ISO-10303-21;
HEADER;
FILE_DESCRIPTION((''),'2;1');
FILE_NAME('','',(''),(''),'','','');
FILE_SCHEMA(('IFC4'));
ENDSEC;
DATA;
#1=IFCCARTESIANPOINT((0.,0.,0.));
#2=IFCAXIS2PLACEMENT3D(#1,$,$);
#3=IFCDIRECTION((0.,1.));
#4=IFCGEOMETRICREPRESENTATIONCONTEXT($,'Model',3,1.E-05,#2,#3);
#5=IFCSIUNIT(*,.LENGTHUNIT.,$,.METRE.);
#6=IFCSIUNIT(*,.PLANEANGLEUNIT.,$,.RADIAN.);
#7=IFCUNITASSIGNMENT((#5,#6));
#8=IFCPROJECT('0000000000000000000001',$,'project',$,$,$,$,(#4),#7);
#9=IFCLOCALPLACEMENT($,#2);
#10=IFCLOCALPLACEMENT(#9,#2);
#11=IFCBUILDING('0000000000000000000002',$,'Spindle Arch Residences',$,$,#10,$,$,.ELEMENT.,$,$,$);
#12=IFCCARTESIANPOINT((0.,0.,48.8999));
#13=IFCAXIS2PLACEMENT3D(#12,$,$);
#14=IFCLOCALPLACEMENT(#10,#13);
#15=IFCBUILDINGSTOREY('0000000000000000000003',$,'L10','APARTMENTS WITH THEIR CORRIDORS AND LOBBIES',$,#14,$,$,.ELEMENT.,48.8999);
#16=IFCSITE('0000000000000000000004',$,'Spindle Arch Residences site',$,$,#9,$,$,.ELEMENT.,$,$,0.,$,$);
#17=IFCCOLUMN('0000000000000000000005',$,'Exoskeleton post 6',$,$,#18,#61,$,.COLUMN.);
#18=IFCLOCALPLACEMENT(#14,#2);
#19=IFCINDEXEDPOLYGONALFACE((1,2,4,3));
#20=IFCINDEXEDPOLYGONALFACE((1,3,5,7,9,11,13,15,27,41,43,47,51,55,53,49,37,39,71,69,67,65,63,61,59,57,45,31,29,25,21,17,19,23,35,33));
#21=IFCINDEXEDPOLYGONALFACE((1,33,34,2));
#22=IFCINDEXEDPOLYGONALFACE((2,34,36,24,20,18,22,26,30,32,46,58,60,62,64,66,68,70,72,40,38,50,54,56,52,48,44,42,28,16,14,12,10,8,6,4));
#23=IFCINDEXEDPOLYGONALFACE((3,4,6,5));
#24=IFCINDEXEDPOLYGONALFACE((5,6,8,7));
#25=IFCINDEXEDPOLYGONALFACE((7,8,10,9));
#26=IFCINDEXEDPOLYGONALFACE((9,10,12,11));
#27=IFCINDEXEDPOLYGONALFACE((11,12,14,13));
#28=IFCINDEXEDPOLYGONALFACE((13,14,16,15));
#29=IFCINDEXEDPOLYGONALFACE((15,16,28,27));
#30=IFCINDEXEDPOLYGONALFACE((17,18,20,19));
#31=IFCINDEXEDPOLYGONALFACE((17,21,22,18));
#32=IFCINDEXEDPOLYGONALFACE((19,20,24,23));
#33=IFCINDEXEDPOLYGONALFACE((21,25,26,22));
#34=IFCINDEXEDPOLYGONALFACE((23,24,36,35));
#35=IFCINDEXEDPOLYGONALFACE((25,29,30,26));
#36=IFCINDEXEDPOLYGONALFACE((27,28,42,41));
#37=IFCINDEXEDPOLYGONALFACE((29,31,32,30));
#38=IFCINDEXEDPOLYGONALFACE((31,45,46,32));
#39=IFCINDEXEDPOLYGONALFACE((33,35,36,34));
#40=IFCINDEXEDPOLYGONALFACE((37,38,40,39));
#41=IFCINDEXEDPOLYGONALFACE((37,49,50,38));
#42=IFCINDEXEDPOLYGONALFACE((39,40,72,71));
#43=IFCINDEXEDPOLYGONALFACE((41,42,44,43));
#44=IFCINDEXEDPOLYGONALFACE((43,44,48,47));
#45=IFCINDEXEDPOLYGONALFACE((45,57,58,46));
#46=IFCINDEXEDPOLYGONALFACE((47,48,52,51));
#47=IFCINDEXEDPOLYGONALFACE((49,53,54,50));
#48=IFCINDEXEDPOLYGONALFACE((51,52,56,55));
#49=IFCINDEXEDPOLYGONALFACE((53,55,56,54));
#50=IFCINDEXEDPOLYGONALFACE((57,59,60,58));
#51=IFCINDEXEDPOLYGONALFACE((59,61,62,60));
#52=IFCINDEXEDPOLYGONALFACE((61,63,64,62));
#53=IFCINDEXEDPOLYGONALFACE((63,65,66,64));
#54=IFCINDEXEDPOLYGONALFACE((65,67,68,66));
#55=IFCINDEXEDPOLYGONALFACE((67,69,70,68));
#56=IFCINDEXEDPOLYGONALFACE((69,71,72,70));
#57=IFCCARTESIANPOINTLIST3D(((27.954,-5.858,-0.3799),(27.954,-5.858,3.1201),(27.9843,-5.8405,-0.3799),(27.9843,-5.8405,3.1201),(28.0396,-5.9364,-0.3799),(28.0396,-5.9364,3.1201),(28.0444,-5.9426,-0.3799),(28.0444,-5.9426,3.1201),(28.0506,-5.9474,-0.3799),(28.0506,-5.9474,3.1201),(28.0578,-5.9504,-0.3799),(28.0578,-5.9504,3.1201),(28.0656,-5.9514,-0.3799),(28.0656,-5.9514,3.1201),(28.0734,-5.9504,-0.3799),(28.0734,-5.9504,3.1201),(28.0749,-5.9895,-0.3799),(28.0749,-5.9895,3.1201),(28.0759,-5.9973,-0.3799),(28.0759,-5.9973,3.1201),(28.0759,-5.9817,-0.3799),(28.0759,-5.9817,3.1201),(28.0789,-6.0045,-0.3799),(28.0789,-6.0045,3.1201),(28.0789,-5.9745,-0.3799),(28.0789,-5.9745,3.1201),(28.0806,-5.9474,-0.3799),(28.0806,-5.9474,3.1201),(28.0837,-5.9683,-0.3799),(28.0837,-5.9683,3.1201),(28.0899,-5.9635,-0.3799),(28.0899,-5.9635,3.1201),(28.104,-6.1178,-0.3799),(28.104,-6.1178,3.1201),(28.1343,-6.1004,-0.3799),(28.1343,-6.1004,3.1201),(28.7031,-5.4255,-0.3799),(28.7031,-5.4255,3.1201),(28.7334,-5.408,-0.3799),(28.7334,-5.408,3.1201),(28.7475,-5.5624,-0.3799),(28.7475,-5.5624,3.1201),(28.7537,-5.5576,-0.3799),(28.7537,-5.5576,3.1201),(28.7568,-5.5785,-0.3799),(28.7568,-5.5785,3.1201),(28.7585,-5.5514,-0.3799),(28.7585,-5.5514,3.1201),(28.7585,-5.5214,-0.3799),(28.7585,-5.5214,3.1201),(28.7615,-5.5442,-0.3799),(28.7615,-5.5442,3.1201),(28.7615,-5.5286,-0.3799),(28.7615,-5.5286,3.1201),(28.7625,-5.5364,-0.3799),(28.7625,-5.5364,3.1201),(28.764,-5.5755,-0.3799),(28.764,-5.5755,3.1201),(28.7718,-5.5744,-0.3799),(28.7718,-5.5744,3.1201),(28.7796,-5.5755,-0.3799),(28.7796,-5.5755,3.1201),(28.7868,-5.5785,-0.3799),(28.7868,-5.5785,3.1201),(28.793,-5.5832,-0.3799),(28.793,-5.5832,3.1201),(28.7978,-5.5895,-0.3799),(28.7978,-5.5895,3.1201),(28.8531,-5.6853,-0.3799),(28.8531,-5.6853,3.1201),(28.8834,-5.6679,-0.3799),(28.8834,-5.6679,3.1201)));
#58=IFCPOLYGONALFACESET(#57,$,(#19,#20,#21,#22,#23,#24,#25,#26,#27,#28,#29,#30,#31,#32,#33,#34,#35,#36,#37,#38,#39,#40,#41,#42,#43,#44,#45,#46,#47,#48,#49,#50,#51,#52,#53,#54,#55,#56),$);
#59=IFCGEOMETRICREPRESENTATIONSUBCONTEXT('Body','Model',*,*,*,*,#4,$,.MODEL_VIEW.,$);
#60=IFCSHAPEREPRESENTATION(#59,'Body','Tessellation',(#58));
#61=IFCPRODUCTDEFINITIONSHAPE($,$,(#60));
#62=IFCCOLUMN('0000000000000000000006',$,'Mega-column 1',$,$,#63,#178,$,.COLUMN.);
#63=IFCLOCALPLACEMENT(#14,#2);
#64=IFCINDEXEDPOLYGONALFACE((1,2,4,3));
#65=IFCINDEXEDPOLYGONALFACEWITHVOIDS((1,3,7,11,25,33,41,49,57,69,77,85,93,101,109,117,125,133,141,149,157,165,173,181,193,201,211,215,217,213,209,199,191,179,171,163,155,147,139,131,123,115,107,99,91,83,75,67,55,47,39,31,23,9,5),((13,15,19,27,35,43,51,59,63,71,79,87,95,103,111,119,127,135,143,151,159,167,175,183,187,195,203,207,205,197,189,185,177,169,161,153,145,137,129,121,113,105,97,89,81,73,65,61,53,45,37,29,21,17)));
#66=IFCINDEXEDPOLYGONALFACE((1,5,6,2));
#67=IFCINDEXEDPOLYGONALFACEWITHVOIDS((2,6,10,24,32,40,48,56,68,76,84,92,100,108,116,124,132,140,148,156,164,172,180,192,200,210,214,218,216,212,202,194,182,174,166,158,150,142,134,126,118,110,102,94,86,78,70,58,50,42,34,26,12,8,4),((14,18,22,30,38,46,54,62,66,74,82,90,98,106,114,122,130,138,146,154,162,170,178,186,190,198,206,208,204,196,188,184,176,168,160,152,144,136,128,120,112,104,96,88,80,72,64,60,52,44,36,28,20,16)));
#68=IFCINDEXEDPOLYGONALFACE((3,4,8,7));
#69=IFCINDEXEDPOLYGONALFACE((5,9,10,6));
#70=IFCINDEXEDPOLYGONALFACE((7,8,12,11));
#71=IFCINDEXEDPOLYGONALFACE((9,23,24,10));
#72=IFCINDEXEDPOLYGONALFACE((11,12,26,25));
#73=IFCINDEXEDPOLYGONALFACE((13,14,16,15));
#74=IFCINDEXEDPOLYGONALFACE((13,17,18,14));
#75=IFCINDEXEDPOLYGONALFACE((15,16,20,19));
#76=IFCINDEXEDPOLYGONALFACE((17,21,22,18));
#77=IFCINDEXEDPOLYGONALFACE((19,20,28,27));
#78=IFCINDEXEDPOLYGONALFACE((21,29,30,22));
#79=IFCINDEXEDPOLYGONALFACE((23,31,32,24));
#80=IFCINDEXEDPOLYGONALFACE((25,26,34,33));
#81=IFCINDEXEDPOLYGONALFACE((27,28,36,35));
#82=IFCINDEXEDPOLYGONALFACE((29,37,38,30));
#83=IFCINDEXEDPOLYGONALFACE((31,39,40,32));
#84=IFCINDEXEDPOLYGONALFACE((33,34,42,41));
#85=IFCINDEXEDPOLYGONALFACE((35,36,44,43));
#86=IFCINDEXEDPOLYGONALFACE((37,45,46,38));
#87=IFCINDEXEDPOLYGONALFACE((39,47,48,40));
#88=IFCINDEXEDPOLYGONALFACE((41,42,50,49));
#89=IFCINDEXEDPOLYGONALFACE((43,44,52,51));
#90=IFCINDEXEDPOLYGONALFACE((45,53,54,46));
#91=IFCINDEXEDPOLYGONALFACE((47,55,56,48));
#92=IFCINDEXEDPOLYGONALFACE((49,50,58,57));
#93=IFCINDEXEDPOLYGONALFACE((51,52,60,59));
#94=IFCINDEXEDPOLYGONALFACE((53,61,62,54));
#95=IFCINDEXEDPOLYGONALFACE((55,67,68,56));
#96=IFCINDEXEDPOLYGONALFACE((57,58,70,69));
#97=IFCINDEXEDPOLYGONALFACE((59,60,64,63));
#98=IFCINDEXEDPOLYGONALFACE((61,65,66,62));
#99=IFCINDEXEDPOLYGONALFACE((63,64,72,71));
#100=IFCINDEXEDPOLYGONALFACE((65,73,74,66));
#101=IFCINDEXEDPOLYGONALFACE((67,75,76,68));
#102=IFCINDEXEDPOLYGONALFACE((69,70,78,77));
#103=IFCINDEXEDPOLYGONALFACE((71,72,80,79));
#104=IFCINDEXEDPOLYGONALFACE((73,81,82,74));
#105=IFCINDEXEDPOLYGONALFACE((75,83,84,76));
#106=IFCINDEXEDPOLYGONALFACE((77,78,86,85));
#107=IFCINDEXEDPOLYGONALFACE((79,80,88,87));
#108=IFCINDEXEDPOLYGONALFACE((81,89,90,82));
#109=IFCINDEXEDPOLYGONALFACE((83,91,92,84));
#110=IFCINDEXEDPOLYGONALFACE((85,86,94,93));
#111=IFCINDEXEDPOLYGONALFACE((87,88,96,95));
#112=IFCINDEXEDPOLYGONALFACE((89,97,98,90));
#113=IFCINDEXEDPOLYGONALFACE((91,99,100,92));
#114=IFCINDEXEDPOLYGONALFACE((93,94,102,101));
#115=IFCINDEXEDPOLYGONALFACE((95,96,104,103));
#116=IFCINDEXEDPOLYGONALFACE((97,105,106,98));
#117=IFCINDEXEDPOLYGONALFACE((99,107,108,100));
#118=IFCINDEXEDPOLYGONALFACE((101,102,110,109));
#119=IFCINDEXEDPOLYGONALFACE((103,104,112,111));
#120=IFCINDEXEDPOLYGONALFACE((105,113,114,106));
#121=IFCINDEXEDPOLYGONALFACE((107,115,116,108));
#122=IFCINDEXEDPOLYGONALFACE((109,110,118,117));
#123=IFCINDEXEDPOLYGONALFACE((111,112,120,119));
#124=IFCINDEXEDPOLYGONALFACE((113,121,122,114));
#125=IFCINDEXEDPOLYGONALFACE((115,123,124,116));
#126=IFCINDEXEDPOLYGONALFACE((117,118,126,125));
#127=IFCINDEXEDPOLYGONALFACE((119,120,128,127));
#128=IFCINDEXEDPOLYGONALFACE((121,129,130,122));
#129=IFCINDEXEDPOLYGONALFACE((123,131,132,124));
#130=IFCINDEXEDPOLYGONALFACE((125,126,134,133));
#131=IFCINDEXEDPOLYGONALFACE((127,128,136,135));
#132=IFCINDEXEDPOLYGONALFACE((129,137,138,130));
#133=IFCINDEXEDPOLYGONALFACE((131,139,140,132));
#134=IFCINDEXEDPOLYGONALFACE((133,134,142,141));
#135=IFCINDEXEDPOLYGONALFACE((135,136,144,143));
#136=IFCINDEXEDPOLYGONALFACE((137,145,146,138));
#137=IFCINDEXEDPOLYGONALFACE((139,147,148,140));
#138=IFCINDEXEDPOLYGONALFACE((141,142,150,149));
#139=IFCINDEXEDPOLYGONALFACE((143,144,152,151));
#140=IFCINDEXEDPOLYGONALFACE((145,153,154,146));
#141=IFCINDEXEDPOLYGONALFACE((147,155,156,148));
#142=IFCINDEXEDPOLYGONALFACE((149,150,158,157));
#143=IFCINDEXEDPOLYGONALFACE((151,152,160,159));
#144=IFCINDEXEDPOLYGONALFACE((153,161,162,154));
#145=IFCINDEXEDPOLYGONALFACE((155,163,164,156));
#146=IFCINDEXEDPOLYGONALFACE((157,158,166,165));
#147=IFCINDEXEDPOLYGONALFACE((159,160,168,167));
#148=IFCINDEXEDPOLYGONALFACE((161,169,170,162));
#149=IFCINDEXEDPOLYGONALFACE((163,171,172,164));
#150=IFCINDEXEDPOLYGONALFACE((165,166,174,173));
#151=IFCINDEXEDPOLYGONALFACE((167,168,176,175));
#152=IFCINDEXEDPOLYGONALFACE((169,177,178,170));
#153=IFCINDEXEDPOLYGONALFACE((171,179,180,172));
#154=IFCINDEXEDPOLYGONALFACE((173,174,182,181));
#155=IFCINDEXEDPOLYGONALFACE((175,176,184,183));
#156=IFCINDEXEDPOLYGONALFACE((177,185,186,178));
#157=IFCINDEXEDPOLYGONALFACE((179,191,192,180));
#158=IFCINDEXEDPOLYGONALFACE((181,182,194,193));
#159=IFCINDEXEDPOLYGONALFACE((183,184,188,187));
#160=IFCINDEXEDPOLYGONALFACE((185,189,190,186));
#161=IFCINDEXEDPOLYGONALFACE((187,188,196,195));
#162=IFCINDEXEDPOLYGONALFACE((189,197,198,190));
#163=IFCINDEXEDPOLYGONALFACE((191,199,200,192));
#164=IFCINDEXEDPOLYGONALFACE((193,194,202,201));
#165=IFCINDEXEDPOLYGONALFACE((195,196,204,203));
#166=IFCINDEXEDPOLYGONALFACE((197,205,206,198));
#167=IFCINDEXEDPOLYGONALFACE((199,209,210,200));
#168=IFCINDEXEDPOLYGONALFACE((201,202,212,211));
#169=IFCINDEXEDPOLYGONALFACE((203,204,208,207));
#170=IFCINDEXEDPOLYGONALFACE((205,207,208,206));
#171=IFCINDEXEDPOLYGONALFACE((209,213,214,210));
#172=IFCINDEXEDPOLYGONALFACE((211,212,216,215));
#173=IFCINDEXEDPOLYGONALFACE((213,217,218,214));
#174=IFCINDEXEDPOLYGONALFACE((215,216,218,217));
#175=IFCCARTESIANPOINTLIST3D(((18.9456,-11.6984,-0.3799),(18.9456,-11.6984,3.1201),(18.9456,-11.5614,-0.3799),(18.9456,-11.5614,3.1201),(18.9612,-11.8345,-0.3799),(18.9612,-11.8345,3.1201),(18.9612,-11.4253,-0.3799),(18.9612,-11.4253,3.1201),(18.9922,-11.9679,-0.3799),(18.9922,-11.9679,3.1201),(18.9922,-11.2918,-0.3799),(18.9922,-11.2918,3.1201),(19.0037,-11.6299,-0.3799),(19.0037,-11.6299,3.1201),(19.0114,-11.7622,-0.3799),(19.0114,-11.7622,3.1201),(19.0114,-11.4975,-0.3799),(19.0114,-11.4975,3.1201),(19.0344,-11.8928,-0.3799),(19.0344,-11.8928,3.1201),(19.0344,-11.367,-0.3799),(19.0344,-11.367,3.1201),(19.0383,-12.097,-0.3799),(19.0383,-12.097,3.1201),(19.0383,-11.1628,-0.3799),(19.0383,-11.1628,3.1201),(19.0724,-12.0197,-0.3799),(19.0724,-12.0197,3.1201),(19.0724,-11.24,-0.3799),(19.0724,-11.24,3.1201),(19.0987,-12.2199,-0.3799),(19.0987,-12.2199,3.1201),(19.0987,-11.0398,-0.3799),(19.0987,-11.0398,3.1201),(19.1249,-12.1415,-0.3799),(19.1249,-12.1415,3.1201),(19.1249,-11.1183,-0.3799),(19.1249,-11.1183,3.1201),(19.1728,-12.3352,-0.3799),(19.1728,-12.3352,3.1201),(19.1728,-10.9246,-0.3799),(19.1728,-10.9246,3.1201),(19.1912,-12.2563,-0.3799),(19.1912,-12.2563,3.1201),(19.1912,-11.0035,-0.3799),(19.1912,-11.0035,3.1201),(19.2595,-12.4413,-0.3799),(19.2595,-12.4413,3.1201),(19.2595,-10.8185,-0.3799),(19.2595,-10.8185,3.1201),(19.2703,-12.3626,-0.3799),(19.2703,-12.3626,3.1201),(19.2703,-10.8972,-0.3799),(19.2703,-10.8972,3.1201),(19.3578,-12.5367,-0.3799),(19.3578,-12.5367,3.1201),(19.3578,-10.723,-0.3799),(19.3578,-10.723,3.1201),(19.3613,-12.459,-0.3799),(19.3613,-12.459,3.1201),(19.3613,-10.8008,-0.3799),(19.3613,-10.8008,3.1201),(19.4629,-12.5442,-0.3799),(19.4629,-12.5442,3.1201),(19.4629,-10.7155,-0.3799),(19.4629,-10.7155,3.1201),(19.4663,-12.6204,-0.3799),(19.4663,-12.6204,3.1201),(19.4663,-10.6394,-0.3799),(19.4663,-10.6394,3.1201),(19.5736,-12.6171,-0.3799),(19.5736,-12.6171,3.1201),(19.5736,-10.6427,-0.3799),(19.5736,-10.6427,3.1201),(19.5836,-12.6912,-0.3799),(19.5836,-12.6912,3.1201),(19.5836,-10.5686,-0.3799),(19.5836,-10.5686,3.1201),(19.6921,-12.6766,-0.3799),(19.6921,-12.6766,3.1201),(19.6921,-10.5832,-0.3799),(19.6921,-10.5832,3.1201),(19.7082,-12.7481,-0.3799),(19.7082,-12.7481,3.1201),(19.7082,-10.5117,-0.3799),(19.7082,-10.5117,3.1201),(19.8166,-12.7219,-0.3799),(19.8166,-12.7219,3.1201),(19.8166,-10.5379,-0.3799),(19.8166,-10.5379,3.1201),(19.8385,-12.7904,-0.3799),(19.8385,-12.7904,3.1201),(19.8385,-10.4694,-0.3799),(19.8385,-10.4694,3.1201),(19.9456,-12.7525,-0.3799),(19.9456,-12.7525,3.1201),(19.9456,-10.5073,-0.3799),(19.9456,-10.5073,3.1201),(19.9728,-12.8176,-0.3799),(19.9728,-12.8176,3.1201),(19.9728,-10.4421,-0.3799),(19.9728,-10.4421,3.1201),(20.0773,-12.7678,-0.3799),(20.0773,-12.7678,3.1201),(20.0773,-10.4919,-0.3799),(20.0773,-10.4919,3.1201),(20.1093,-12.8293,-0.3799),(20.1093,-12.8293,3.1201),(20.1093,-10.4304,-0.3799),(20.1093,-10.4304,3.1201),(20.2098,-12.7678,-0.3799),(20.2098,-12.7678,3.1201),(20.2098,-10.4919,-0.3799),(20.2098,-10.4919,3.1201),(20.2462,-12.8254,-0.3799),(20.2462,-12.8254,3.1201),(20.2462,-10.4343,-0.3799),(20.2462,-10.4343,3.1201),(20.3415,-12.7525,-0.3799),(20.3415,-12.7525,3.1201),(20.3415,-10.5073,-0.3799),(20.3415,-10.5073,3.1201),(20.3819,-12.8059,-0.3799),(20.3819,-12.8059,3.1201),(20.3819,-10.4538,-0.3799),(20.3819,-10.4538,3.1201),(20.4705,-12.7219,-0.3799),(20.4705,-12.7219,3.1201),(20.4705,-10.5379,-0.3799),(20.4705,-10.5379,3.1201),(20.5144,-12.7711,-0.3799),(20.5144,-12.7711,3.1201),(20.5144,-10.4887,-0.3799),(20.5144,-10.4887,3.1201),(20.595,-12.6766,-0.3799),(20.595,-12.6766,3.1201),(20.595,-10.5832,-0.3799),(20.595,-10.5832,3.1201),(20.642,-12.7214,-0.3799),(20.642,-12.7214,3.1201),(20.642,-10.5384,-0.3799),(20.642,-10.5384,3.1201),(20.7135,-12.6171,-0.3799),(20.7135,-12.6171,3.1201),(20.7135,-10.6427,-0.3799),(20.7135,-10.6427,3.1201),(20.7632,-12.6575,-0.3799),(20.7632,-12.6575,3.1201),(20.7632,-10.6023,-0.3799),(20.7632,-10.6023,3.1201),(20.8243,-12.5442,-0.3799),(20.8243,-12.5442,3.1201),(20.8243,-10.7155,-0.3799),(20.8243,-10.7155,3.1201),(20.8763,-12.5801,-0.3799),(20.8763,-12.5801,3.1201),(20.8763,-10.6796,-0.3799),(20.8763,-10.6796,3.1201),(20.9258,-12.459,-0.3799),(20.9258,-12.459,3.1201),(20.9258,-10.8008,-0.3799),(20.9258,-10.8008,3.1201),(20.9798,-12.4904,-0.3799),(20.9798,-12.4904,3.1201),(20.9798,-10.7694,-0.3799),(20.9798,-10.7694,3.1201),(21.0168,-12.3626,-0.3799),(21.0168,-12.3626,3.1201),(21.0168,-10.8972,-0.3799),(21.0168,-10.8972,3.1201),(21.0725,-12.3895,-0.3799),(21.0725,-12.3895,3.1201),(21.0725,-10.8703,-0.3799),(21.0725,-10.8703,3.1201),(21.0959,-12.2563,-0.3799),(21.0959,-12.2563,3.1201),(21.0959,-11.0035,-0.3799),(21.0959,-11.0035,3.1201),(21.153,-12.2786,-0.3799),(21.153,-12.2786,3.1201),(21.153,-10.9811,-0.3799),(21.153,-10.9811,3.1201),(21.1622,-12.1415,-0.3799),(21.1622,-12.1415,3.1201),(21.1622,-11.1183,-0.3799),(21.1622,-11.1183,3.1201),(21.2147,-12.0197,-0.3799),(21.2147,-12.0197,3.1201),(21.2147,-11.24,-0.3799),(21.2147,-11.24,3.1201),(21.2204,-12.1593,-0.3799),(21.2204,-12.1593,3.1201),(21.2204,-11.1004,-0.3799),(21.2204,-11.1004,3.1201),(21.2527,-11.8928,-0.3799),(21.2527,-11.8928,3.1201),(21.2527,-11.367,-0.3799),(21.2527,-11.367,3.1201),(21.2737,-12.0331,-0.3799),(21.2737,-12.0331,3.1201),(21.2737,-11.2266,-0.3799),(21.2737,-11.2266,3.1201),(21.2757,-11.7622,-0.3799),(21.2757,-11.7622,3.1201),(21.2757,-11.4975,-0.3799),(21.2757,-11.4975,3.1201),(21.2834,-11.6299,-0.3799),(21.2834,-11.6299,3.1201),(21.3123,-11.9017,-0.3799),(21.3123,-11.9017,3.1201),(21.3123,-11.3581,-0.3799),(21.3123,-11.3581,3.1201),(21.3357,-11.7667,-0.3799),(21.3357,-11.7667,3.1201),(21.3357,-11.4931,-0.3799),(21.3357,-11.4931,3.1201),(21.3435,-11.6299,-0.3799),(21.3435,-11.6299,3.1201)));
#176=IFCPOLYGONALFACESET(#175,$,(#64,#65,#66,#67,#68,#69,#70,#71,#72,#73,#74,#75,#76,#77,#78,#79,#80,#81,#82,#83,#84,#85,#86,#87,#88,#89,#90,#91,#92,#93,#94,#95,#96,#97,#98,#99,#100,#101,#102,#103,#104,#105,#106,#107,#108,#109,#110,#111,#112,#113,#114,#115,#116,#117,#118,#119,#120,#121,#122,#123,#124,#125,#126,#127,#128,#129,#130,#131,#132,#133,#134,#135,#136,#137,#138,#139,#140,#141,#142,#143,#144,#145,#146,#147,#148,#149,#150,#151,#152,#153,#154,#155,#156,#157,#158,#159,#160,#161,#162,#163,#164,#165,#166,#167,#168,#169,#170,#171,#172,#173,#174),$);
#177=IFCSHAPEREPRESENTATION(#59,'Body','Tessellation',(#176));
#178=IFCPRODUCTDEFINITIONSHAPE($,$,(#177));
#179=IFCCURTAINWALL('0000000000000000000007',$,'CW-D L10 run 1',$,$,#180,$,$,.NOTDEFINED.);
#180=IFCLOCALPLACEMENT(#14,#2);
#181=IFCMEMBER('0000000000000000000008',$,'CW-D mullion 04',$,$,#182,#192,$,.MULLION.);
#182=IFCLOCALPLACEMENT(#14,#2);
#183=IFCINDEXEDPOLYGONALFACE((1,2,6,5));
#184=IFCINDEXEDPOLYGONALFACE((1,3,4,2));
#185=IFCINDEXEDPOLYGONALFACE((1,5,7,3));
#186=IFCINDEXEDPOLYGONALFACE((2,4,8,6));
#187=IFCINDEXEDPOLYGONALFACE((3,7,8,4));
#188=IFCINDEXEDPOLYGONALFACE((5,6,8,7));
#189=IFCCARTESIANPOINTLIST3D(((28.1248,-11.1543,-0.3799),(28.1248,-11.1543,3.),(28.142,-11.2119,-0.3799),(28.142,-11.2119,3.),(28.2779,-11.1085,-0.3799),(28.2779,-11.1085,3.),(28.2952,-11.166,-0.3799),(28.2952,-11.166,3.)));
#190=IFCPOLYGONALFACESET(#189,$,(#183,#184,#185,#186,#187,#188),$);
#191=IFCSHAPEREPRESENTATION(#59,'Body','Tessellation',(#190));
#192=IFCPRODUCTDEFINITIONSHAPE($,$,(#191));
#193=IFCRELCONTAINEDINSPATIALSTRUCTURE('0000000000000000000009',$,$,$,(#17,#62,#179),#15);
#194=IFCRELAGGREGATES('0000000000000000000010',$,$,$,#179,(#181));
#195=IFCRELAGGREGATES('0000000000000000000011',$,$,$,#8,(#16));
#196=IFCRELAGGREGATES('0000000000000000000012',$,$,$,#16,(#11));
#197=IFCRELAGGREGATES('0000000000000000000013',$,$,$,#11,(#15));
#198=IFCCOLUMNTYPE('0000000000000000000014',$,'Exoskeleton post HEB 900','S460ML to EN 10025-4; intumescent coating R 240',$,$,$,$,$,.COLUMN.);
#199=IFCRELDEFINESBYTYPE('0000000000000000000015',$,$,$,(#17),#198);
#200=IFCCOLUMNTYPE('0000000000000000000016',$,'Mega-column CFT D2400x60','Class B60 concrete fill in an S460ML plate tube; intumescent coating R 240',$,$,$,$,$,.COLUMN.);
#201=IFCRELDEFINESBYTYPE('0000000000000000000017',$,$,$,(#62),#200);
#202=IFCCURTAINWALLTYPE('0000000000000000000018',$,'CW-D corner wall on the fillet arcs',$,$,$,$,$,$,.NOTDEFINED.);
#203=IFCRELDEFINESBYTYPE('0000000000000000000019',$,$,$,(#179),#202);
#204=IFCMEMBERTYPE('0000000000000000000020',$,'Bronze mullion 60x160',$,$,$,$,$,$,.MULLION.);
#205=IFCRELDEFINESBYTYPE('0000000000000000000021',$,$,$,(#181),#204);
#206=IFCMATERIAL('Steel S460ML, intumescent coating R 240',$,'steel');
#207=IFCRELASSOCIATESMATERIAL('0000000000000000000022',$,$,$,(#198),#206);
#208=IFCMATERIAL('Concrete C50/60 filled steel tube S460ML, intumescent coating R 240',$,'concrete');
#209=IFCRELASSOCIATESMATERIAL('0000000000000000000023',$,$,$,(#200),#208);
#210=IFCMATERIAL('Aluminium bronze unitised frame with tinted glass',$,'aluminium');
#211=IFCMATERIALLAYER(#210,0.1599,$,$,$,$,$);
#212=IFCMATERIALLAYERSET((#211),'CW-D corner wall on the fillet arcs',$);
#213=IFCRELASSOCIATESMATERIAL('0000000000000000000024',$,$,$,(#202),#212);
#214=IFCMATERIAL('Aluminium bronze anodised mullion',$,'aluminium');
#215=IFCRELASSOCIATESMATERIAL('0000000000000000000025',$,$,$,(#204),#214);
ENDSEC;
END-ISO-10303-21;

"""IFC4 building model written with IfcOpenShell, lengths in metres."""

from ifc_helpers import new_model, si_unit, direction, frame, origin, origin_2d, place, context, subcontext, project, spatial, rectangle, hollow_circle, i_section, extrude, material, layer, layer_set, material_profile, profile_set, type_object, element, aggregate, save


model = new_model("IFC4")

# Units and contexts
model_context = context("Model", 3, precision=1e-05, world=origin(), true_north=direction((0.0, 1.0)))
body_context = subcontext(model_context, "Body", "Model", "MODEL_VIEW")
ifc_project = project(units=[si_unit("LENGTHUNIT", "METRE"), si_unit("PLANEANGLEUNIT", "RADIAN")], contexts=[model_context])

# Site, building, storey
site_placement = place(None, origin())
site = spatial("IfcSite", under=ifc_project, at=site_placement, Name="Spindle Arch Residences site", CompositionType="ELEMENT", RefElevation=0.0)
building_placement = place(site_placement, origin())
building = spatial("IfcBuilding", under=site, at=building_placement, Name="Spindle Arch Residences", CompositionType="ELEMENT")
storey_placement = place(building_placement, frame((0.0, 0.0, 48.8999)))
storey = spatial("IfcBuildingStorey", under=building, at=storey_placement, Name="L10", Description="APARTMENTS WITH THEIR CORRIDORS AND LOBBIES", CompositionType="ELEMENT", Elevation=48.8999)

# Columns
ifc_material_1 = material(Name="Steel S460ML, intumescent coating R 240", Category="steel")
ifc_material_profile_1 = material_profile(ifc_material_1, i_section(OverallWidth=0.3, OverallDepth=0.8999, WebThickness=0.0186, FlangeThickness=0.0349, FilletRadius=0.03, at=origin_2d()), Name="HEB 900")
ifc_profile_set_1 = profile_set([ifc_material_profile_1], Name="Steel S460ML, intumescent coating R 240")
column_type_1 = type_object("IfcColumnType", Name="Exoskeleton post HEB 900", Description="S460ML to EN 10025-4; intumescent coating R 240", PredefinedType="COLUMN", material=ifc_profile_set_1)
column_1_placement = place(storey_placement, frame((28.4187, -5.7629, -0.3799), z_axis=(0.0, 0.0, 1.0), x_axis=(0.5, -0.866025, 0.0)))
element("IfcColumn", 1, at=column_1_placement, inside=storey, type_object=column_type_1, Name="Exoskeleton post 6", PredefinedType="COLUMN", context=body_context, shape_type="SweptSolid", body=[
    extrude(i_section(OverallWidth=0.3, OverallDepth=0.8999, WebThickness=0.0186, FlangeThickness=0.0349, FilletRadius=0.03, at=origin_2d()), origin(), (0.0, 0.0, 1.0), 3.5),
])
ifc_material_2 = material(Name="Concrete C50/60 filled steel tube S460ML, intumescent coating R 240", Category="concrete")
ifc_material_profile_2 = material_profile(ifc_material_2, hollow_circle(Radius=1.2, WallThickness=0.0601, at=origin_2d()), Name="CFT D2400x60")
ifc_profile_set_2 = profile_set([ifc_material_profile_2], Name="Concrete C50/60 filled steel tube S460ML, intumescent coating R 240")
column_type_2 = type_object("IfcColumnType", Name="Mega-column CFT D2400x60", Description="Class B60 concrete fill in an S460ML plate tube; intumescent coating R 240", PredefinedType="COLUMN", material=ifc_profile_set_2)
column_2_placement = place(storey_placement, frame((20.1436, -11.6299, -0.3799), z_axis=(0.0, 0.0, 1.0), x_axis=(1.0, 0.0, 0.0)))
element("IfcColumn", 2, at=column_2_placement, inside=storey, type_object=column_type_2, Name="Mega-column 1", PredefinedType="COLUMN", context=body_context, shape_type="SweptSolid", body=[
    extrude(hollow_circle(Radius=1.2, WallThickness=0.0601, at=origin_2d()), origin(), (0.0, 0.0, 1.0), 3.5),
])

# Curtain wall, member
ifc_material_3 = material(Name="Aluminium bronze unitised frame with tinted glass", Category="aluminium")
ifc_layer_1 = layer(ifc_material_3, 0.1599)
ifc_layer_set_1 = layer_set([ifc_layer_1], Name="CW-D corner wall on the fillet arcs")
curtain_wall_type_1 = type_object("IfcCurtainWallType", Name="CW-D corner wall on the fillet arcs", PredefinedType="NOTDEFINED", material=ifc_layer_set_1)
curtain_wall_1_placement = place(storey_placement, origin())
curtain_wall_1 = element("IfcCurtainWall", 3, at=curtain_wall_1_placement, inside=storey, type_object=curtain_wall_type_1, Name="CW-D L10 run 1", PredefinedType="NOTDEFINED")
ifc_material_4 = material(Name="Aluminium bronze anodised mullion", Category="aluminium")
ifc_material_profile_3 = material_profile(ifc_material_4, rectangle(XDim=0.1599, YDim=0.0601, at=origin_2d()), Name="MU 60x160")
ifc_profile_set_3 = profile_set([ifc_material_profile_3], Name="Aluminium bronze anodised mullion")
member_type_1 = type_object("IfcMemberType", Name="Bronze mullion 60x160", PredefinedType="MULLION", material=ifc_profile_set_3)
member_1_placement = place(storey_placement, frame((28.21, -11.1602, -0.3799), z_axis=(0.0, 0.0, 1.0), x_axis=(-0.95799, -0.286803, 0.0)))
member_1 = element("IfcMember", 4, at=member_1_placement, type_object=member_type_1, Name="CW-D mullion 04", PredefinedType="MULLION", context=body_context, shape_type="SweptSolid", body=[
    extrude(rectangle(XDim=0.1599, YDim=0.0601, at=origin_2d()), origin(), (0.0, 0.0, 1.0), 3.3799),
])

aggregate(curtain_wall_1, [member_1])

save(model, "model.ifc")
